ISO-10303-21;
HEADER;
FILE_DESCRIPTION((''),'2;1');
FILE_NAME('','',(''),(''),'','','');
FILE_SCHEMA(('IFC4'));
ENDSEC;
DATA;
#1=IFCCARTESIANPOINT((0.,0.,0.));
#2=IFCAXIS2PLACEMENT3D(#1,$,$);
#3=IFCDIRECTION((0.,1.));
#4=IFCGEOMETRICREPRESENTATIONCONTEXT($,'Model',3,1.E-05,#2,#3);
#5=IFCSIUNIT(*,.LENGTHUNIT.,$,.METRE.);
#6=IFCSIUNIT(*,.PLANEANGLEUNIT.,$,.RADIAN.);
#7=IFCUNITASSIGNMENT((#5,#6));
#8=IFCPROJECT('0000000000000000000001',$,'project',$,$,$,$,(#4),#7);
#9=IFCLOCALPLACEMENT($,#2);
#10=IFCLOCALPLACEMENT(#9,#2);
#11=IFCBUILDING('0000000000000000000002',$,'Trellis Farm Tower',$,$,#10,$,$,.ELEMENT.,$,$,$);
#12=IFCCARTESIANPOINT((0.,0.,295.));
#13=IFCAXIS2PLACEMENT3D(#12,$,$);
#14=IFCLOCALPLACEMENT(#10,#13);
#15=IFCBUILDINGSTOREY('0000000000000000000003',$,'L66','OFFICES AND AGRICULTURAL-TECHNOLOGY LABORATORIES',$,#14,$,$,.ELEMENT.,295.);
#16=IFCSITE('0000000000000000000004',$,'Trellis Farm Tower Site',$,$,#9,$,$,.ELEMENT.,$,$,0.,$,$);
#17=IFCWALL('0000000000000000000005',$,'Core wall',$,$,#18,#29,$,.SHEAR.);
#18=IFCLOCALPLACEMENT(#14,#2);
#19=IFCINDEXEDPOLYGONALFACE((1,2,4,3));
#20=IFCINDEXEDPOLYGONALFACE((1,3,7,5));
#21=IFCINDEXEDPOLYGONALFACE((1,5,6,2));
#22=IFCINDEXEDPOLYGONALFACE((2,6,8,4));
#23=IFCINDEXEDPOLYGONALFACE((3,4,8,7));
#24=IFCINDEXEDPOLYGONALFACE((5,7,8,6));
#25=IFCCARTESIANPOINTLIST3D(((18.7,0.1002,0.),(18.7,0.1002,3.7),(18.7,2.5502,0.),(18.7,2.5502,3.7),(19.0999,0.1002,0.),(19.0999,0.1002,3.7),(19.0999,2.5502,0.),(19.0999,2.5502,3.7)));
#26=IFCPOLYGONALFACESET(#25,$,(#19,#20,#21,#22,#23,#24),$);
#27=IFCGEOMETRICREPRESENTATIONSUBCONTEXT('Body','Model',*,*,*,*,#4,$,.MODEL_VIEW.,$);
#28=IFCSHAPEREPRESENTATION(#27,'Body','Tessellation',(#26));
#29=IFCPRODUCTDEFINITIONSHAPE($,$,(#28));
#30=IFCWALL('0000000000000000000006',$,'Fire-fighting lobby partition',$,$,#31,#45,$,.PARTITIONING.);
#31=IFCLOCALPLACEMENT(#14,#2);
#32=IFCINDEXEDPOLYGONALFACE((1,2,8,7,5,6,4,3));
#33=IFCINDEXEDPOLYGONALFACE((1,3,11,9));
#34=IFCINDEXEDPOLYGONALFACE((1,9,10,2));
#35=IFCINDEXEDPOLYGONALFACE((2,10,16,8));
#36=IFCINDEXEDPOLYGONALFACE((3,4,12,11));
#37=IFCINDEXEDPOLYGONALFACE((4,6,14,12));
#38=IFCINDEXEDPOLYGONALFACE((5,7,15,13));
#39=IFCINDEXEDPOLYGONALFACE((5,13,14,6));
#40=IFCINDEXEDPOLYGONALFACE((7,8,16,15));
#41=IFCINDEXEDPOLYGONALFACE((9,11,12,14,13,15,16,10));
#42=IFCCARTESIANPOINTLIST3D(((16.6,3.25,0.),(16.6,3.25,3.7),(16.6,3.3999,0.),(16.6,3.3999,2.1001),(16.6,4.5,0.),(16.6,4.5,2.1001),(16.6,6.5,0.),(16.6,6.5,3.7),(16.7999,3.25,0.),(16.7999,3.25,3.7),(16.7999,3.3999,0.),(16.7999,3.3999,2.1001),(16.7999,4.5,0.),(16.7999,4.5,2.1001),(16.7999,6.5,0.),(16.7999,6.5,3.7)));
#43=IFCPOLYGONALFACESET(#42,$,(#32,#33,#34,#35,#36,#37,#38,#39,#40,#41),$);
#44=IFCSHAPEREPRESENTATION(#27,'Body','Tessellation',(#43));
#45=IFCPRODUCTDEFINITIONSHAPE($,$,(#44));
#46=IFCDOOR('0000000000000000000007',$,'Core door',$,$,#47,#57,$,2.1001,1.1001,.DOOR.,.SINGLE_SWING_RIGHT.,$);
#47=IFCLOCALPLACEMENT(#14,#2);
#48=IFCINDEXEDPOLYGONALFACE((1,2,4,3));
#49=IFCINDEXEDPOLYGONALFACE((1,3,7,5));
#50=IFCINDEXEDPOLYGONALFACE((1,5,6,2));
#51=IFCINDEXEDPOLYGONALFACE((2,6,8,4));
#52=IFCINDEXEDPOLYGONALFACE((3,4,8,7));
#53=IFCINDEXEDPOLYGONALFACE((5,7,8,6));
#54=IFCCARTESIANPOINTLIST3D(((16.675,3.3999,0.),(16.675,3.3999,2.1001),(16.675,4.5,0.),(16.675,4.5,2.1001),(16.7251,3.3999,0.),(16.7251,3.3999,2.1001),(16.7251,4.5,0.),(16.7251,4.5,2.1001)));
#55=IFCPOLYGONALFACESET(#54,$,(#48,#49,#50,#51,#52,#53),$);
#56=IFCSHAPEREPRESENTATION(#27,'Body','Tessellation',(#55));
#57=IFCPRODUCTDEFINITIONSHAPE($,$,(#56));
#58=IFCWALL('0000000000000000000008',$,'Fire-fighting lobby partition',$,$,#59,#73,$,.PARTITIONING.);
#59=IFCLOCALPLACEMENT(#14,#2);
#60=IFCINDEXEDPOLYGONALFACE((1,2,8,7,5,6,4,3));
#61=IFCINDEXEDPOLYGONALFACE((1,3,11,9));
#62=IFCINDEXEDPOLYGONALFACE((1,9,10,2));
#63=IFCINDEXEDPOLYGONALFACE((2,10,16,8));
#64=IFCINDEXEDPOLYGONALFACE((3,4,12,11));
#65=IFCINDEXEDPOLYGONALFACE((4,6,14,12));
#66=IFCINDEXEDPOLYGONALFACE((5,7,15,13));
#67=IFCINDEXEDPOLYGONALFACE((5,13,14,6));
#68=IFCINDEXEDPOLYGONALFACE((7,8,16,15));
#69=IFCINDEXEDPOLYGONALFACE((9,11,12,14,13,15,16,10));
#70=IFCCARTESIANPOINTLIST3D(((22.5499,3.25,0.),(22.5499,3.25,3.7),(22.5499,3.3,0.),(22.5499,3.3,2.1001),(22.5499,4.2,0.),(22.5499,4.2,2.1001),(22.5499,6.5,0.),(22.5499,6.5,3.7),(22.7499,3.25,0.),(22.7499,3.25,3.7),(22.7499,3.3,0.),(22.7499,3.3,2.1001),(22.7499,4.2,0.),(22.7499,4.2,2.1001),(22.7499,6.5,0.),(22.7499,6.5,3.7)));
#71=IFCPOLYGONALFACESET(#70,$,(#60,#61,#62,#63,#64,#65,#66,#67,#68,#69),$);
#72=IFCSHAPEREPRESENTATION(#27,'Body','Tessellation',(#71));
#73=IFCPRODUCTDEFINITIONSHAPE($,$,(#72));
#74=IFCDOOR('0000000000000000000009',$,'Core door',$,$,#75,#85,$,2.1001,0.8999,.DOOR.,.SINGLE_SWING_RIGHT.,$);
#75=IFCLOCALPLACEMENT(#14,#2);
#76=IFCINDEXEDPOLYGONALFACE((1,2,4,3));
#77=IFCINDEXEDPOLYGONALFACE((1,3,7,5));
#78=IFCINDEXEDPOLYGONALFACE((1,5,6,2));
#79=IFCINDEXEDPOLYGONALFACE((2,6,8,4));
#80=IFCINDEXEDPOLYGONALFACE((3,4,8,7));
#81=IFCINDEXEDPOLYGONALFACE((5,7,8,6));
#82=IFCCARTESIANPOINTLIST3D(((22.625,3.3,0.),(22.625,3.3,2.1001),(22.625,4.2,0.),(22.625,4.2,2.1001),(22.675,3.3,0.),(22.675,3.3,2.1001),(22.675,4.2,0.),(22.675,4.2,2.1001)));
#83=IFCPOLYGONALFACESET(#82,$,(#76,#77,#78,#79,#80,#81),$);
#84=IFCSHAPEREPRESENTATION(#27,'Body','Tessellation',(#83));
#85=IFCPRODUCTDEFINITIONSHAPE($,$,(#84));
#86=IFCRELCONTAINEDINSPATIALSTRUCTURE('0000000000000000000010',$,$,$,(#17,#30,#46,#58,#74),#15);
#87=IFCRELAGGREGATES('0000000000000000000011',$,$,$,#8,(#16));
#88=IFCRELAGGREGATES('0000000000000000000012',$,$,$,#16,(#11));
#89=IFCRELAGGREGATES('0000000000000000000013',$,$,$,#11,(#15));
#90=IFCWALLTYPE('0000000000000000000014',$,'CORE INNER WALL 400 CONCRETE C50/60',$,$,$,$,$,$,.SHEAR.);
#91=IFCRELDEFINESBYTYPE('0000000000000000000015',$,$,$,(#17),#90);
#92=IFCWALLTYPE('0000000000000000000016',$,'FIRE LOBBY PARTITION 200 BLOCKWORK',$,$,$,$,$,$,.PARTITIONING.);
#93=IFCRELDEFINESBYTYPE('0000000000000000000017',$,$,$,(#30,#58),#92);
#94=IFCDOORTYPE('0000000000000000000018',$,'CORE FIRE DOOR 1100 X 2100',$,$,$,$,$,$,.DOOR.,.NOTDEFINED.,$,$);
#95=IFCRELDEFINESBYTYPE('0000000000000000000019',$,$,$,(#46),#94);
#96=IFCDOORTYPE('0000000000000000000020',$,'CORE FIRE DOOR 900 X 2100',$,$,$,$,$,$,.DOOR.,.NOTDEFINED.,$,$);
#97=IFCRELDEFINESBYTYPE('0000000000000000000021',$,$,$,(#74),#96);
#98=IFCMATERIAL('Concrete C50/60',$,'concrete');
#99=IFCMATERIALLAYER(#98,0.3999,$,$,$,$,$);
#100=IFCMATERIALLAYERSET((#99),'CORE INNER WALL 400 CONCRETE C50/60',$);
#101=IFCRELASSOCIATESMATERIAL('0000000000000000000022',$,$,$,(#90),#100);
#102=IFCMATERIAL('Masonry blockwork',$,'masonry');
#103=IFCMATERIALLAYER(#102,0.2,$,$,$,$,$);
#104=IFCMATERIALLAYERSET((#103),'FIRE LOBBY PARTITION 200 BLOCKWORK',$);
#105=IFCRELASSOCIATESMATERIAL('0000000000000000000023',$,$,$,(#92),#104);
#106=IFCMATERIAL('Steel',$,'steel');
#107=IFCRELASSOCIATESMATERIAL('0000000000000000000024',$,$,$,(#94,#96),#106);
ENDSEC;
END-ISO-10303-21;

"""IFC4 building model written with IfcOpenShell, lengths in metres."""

from ifc_helpers import new_model, si_unit, direction, frame, frame_2d, origin, place, context, subcontext, project, spatial, rectangle, extrude, source, transform, mapped, material, layer, layer_set, type_object, element, fill, save


model = new_model("IFC4")

# Units and contexts
model_context = context("Model", 3, precision=1e-05, world=origin(), true_north=direction((0.0, 1.0)))
body_context = subcontext(model_context, "Body", "Model", "MODEL_VIEW")
ifc_project = project(units=[si_unit("LENGTHUNIT", "METRE"), si_unit("PLANEANGLEUNIT", "RADIAN")], contexts=[model_context])

# Site, building, storey
site_placement = place(None, origin())
site = spatial("IfcSite", under=ifc_project, at=site_placement, Name="Trellis Farm Tower Site", CompositionType="ELEMENT", RefElevation=0.0)
building_placement = place(site_placement, origin())
building = spatial("IfcBuilding", under=site, at=building_placement, Name="Trellis Farm Tower", CompositionType="ELEMENT")
storey_placement = place(building_placement, frame((0.0, 0.0, 295.0)))
storey = spatial("IfcBuildingStorey", under=building, at=storey_placement, Name="L66", Description="OFFICES AND AGRICULTURAL-TECHNOLOGY LABORATORIES", CompositionType="ELEMENT", Elevation=295.0)

# Wall
ifc_material_1 = material(Name="Concrete C50/60", Category="concrete")
ifc_layer_1 = layer(ifc_material_1, 0.3999)
ifc_layer_set_1 = layer_set([ifc_layer_1], Name="CORE INNER WALL 400 CONCRETE C50/60")
wall_type_1 = type_object("IfcWallType", Name="CORE INNER WALL 400 CONCRETE C50/60", PredefinedType="SHEAR", material=ifc_layer_set_1)
shared_shape_1 = source(origin(), body_context, "Body", "SweptSolid", [
    extrude(rectangle(XDim=2.45, YDim=0.3999, at=frame_2d((1.2251, 0.0))), origin(), (0.0, 0.0, 1.0), 3.7),
])
for number, where, z_axis, x_axis, name in (
    (1, (18.8999, 0.1001, 0.0), (0.0, 0.0, 1.0), (0.0, 1.0, 0.0), "Core wall"),
):
    element("IfcWall", number, at=place(storey_placement, frame(where, z_axis=z_axis, x_axis=x_axis)), inside=storey, type_object=wall_type_1, Name=name, PredefinedType="SHEAR", context=body_context, shape_type="MappedRepresentation", body=[
        mapped(shared_shape_1, transform((0.0, 0.0, 0.0))),
    ])

# Walls, openings, doors
ifc_material_2 = material(Name="Masonry blockwork", Category="masonry")
ifc_layer_2 = layer(ifc_material_2, 0.2)
ifc_layer_set_2 = layer_set([ifc_layer_2], Name="FIRE LOBBY PARTITION 200 BLOCKWORK")
wall_type_2 = type_object("IfcWallType", Name="FIRE LOBBY PARTITION 200 BLOCKWORK", PredefinedType="PARTITIONING", material=ifc_layer_set_2)
shared_shape_2 = source(origin(), body_context, "Body", "SweptSolid", [
    extrude(rectangle(XDim=3.25, YDim=0.2, at=frame_2d((1.625, 0.0))), origin(), (0.0, 0.0, 1.0), 3.7),
])
wall_1_placement = place(storey_placement, frame((16.7, 3.25, 0.0), z_axis=(0.0, 0.0, 1.0), x_axis=(0.0, 1.0, 0.0)))
wall_1 = element("IfcWall", 2, at=wall_1_placement, inside=storey, type_object=wall_type_2, Name="Fire-fighting lobby partition", PredefinedType="PARTITIONING", context=body_context, shape_type="MappedRepresentation", body=[
    mapped(shared_shape_2, transform((0.0, 0.0, 0.0))),
])
shared_shape_3 = source(origin(), body_context, "Body", "SweptSolid", [
    extrude(rectangle(XDim=1.1001, YDim=2.1001, at=frame_2d((0.55, 1.05))), frame((0.0, 0.1101, 0.0), z_axis=(0.0, -1.0, 0.0), x_axis=(1.0, 0.0, 0.0)), (0.0, 0.0, 1.0), 0.2202),
])
opening_1_placement = place(wall_1_placement, frame((0.1499, 0.0, 0.0)))
opening_1 = element("IfcOpeningElement", 3, at=opening_1_placement, cuts=wall_1, PredefinedType="OPENING", context=body_context, shape_type="MappedRepresentation", body=[
    mapped(shared_shape_3, transform((0.0, 0.0, 0.0))),
])
ifc_material_3 = material(Name="Steel", Category="steel")
door_type_1 = type_object("IfcDoorType", Name="CORE FIRE DOOR 1100 X 2100", OperationType="NOTDEFINED", PredefinedType="DOOR", material=ifc_material_3)
shared_shape_4 = source(origin(), body_context, "Body", "SweptSolid", [
    extrude(rectangle(XDim=1.1001, YDim=2.1001, at=frame_2d((0.55, 1.05))), frame((0.0, 0.0249, 0.0), z_axis=(0.0, -1.0, 0.0), x_axis=(1.0, 0.0, 0.0)), (0.0, 0.0, 1.0), 0.05),
])
door_1_placement = place(opening_1_placement, origin())
door_1 = element("IfcDoor", 4, at=door_1_placement, inside=storey, type_object=door_type_1, Name="Core door", OperationType="SINGLE_SWING_RIGHT", OverallHeight=2.1001, OverallWidth=1.1001, PredefinedType="DOOR", context=body_context, shape_type="MappedRepresentation", body=[
    mapped(shared_shape_4, transform((0.0, 0.0, 0.0))),
])
fill(opening_1, door_1)
wall_2_placement = place(storey_placement, frame((22.6499, 3.25, 0.0), z_axis=(0.0, 0.0, 1.0), x_axis=(0.0, 1.0, 0.0)))
wall_2 = element("IfcWall", 5, at=wall_2_placement, inside=storey, type_object=wall_type_2, Name="Fire-fighting lobby partition", PredefinedType="PARTITIONING", context=body_context, shape_type="MappedRepresentation", body=[
    mapped(shared_shape_2, transform((0.0, 0.0, 0.0))),
])
shared_shape_5 = source(origin(), body_context, "Body", "SweptSolid", [
    extrude(rectangle(XDim=0.8999, YDim=2.1001, at=frame_2d((0.45, 1.05))), frame((0.0, 0.1101, 0.0), z_axis=(0.0, -1.0, 0.0), x_axis=(1.0, 0.0, 0.0)), (0.0, 0.0, 1.0), 0.2202),
])
opening_2_placement = place(wall_2_placement, frame((0.05, 0.0, 0.0)))
opening_2 = element("IfcOpeningElement", 6, at=opening_2_placement, cuts=wall_2, PredefinedType="OPENING", context=body_context, shape_type="MappedRepresentation", body=[
    mapped(shared_shape_5, transform((0.0, 0.0, 0.0))),
])
door_type_2 = type_object("IfcDoorType", Name="CORE FIRE DOOR 900 X 2100", OperationType="NOTDEFINED", PredefinedType="DOOR", material=ifc_material_3)
shared_shape_6 = source(origin(), body_context, "Body", "SweptSolid", [
    extrude(rectangle(XDim=0.8999, YDim=2.1001, at=frame_2d((0.45, 1.05))), frame((0.0, 0.0249, 0.0), z_axis=(0.0, -1.0, 0.0), x_axis=(1.0, 0.0, 0.0)), (0.0, 0.0, 1.0), 0.05),
])
door_2_placement = place(opening_2_placement, origin())
door_2 = element("IfcDoor", 7, at=door_2_placement, inside=storey, type_object=door_type_2, Name="Core door", OperationType="SINGLE_SWING_RIGHT", OverallHeight=2.1001, OverallWidth=0.8999, PredefinedType="DOOR", context=body_context, shape_type="MappedRepresentation", body=[
    mapped(shared_shape_6, transform((0.0, 0.0, 0.0))),
])
fill(opening_2, door_2)

save(model, "model.ifc")
